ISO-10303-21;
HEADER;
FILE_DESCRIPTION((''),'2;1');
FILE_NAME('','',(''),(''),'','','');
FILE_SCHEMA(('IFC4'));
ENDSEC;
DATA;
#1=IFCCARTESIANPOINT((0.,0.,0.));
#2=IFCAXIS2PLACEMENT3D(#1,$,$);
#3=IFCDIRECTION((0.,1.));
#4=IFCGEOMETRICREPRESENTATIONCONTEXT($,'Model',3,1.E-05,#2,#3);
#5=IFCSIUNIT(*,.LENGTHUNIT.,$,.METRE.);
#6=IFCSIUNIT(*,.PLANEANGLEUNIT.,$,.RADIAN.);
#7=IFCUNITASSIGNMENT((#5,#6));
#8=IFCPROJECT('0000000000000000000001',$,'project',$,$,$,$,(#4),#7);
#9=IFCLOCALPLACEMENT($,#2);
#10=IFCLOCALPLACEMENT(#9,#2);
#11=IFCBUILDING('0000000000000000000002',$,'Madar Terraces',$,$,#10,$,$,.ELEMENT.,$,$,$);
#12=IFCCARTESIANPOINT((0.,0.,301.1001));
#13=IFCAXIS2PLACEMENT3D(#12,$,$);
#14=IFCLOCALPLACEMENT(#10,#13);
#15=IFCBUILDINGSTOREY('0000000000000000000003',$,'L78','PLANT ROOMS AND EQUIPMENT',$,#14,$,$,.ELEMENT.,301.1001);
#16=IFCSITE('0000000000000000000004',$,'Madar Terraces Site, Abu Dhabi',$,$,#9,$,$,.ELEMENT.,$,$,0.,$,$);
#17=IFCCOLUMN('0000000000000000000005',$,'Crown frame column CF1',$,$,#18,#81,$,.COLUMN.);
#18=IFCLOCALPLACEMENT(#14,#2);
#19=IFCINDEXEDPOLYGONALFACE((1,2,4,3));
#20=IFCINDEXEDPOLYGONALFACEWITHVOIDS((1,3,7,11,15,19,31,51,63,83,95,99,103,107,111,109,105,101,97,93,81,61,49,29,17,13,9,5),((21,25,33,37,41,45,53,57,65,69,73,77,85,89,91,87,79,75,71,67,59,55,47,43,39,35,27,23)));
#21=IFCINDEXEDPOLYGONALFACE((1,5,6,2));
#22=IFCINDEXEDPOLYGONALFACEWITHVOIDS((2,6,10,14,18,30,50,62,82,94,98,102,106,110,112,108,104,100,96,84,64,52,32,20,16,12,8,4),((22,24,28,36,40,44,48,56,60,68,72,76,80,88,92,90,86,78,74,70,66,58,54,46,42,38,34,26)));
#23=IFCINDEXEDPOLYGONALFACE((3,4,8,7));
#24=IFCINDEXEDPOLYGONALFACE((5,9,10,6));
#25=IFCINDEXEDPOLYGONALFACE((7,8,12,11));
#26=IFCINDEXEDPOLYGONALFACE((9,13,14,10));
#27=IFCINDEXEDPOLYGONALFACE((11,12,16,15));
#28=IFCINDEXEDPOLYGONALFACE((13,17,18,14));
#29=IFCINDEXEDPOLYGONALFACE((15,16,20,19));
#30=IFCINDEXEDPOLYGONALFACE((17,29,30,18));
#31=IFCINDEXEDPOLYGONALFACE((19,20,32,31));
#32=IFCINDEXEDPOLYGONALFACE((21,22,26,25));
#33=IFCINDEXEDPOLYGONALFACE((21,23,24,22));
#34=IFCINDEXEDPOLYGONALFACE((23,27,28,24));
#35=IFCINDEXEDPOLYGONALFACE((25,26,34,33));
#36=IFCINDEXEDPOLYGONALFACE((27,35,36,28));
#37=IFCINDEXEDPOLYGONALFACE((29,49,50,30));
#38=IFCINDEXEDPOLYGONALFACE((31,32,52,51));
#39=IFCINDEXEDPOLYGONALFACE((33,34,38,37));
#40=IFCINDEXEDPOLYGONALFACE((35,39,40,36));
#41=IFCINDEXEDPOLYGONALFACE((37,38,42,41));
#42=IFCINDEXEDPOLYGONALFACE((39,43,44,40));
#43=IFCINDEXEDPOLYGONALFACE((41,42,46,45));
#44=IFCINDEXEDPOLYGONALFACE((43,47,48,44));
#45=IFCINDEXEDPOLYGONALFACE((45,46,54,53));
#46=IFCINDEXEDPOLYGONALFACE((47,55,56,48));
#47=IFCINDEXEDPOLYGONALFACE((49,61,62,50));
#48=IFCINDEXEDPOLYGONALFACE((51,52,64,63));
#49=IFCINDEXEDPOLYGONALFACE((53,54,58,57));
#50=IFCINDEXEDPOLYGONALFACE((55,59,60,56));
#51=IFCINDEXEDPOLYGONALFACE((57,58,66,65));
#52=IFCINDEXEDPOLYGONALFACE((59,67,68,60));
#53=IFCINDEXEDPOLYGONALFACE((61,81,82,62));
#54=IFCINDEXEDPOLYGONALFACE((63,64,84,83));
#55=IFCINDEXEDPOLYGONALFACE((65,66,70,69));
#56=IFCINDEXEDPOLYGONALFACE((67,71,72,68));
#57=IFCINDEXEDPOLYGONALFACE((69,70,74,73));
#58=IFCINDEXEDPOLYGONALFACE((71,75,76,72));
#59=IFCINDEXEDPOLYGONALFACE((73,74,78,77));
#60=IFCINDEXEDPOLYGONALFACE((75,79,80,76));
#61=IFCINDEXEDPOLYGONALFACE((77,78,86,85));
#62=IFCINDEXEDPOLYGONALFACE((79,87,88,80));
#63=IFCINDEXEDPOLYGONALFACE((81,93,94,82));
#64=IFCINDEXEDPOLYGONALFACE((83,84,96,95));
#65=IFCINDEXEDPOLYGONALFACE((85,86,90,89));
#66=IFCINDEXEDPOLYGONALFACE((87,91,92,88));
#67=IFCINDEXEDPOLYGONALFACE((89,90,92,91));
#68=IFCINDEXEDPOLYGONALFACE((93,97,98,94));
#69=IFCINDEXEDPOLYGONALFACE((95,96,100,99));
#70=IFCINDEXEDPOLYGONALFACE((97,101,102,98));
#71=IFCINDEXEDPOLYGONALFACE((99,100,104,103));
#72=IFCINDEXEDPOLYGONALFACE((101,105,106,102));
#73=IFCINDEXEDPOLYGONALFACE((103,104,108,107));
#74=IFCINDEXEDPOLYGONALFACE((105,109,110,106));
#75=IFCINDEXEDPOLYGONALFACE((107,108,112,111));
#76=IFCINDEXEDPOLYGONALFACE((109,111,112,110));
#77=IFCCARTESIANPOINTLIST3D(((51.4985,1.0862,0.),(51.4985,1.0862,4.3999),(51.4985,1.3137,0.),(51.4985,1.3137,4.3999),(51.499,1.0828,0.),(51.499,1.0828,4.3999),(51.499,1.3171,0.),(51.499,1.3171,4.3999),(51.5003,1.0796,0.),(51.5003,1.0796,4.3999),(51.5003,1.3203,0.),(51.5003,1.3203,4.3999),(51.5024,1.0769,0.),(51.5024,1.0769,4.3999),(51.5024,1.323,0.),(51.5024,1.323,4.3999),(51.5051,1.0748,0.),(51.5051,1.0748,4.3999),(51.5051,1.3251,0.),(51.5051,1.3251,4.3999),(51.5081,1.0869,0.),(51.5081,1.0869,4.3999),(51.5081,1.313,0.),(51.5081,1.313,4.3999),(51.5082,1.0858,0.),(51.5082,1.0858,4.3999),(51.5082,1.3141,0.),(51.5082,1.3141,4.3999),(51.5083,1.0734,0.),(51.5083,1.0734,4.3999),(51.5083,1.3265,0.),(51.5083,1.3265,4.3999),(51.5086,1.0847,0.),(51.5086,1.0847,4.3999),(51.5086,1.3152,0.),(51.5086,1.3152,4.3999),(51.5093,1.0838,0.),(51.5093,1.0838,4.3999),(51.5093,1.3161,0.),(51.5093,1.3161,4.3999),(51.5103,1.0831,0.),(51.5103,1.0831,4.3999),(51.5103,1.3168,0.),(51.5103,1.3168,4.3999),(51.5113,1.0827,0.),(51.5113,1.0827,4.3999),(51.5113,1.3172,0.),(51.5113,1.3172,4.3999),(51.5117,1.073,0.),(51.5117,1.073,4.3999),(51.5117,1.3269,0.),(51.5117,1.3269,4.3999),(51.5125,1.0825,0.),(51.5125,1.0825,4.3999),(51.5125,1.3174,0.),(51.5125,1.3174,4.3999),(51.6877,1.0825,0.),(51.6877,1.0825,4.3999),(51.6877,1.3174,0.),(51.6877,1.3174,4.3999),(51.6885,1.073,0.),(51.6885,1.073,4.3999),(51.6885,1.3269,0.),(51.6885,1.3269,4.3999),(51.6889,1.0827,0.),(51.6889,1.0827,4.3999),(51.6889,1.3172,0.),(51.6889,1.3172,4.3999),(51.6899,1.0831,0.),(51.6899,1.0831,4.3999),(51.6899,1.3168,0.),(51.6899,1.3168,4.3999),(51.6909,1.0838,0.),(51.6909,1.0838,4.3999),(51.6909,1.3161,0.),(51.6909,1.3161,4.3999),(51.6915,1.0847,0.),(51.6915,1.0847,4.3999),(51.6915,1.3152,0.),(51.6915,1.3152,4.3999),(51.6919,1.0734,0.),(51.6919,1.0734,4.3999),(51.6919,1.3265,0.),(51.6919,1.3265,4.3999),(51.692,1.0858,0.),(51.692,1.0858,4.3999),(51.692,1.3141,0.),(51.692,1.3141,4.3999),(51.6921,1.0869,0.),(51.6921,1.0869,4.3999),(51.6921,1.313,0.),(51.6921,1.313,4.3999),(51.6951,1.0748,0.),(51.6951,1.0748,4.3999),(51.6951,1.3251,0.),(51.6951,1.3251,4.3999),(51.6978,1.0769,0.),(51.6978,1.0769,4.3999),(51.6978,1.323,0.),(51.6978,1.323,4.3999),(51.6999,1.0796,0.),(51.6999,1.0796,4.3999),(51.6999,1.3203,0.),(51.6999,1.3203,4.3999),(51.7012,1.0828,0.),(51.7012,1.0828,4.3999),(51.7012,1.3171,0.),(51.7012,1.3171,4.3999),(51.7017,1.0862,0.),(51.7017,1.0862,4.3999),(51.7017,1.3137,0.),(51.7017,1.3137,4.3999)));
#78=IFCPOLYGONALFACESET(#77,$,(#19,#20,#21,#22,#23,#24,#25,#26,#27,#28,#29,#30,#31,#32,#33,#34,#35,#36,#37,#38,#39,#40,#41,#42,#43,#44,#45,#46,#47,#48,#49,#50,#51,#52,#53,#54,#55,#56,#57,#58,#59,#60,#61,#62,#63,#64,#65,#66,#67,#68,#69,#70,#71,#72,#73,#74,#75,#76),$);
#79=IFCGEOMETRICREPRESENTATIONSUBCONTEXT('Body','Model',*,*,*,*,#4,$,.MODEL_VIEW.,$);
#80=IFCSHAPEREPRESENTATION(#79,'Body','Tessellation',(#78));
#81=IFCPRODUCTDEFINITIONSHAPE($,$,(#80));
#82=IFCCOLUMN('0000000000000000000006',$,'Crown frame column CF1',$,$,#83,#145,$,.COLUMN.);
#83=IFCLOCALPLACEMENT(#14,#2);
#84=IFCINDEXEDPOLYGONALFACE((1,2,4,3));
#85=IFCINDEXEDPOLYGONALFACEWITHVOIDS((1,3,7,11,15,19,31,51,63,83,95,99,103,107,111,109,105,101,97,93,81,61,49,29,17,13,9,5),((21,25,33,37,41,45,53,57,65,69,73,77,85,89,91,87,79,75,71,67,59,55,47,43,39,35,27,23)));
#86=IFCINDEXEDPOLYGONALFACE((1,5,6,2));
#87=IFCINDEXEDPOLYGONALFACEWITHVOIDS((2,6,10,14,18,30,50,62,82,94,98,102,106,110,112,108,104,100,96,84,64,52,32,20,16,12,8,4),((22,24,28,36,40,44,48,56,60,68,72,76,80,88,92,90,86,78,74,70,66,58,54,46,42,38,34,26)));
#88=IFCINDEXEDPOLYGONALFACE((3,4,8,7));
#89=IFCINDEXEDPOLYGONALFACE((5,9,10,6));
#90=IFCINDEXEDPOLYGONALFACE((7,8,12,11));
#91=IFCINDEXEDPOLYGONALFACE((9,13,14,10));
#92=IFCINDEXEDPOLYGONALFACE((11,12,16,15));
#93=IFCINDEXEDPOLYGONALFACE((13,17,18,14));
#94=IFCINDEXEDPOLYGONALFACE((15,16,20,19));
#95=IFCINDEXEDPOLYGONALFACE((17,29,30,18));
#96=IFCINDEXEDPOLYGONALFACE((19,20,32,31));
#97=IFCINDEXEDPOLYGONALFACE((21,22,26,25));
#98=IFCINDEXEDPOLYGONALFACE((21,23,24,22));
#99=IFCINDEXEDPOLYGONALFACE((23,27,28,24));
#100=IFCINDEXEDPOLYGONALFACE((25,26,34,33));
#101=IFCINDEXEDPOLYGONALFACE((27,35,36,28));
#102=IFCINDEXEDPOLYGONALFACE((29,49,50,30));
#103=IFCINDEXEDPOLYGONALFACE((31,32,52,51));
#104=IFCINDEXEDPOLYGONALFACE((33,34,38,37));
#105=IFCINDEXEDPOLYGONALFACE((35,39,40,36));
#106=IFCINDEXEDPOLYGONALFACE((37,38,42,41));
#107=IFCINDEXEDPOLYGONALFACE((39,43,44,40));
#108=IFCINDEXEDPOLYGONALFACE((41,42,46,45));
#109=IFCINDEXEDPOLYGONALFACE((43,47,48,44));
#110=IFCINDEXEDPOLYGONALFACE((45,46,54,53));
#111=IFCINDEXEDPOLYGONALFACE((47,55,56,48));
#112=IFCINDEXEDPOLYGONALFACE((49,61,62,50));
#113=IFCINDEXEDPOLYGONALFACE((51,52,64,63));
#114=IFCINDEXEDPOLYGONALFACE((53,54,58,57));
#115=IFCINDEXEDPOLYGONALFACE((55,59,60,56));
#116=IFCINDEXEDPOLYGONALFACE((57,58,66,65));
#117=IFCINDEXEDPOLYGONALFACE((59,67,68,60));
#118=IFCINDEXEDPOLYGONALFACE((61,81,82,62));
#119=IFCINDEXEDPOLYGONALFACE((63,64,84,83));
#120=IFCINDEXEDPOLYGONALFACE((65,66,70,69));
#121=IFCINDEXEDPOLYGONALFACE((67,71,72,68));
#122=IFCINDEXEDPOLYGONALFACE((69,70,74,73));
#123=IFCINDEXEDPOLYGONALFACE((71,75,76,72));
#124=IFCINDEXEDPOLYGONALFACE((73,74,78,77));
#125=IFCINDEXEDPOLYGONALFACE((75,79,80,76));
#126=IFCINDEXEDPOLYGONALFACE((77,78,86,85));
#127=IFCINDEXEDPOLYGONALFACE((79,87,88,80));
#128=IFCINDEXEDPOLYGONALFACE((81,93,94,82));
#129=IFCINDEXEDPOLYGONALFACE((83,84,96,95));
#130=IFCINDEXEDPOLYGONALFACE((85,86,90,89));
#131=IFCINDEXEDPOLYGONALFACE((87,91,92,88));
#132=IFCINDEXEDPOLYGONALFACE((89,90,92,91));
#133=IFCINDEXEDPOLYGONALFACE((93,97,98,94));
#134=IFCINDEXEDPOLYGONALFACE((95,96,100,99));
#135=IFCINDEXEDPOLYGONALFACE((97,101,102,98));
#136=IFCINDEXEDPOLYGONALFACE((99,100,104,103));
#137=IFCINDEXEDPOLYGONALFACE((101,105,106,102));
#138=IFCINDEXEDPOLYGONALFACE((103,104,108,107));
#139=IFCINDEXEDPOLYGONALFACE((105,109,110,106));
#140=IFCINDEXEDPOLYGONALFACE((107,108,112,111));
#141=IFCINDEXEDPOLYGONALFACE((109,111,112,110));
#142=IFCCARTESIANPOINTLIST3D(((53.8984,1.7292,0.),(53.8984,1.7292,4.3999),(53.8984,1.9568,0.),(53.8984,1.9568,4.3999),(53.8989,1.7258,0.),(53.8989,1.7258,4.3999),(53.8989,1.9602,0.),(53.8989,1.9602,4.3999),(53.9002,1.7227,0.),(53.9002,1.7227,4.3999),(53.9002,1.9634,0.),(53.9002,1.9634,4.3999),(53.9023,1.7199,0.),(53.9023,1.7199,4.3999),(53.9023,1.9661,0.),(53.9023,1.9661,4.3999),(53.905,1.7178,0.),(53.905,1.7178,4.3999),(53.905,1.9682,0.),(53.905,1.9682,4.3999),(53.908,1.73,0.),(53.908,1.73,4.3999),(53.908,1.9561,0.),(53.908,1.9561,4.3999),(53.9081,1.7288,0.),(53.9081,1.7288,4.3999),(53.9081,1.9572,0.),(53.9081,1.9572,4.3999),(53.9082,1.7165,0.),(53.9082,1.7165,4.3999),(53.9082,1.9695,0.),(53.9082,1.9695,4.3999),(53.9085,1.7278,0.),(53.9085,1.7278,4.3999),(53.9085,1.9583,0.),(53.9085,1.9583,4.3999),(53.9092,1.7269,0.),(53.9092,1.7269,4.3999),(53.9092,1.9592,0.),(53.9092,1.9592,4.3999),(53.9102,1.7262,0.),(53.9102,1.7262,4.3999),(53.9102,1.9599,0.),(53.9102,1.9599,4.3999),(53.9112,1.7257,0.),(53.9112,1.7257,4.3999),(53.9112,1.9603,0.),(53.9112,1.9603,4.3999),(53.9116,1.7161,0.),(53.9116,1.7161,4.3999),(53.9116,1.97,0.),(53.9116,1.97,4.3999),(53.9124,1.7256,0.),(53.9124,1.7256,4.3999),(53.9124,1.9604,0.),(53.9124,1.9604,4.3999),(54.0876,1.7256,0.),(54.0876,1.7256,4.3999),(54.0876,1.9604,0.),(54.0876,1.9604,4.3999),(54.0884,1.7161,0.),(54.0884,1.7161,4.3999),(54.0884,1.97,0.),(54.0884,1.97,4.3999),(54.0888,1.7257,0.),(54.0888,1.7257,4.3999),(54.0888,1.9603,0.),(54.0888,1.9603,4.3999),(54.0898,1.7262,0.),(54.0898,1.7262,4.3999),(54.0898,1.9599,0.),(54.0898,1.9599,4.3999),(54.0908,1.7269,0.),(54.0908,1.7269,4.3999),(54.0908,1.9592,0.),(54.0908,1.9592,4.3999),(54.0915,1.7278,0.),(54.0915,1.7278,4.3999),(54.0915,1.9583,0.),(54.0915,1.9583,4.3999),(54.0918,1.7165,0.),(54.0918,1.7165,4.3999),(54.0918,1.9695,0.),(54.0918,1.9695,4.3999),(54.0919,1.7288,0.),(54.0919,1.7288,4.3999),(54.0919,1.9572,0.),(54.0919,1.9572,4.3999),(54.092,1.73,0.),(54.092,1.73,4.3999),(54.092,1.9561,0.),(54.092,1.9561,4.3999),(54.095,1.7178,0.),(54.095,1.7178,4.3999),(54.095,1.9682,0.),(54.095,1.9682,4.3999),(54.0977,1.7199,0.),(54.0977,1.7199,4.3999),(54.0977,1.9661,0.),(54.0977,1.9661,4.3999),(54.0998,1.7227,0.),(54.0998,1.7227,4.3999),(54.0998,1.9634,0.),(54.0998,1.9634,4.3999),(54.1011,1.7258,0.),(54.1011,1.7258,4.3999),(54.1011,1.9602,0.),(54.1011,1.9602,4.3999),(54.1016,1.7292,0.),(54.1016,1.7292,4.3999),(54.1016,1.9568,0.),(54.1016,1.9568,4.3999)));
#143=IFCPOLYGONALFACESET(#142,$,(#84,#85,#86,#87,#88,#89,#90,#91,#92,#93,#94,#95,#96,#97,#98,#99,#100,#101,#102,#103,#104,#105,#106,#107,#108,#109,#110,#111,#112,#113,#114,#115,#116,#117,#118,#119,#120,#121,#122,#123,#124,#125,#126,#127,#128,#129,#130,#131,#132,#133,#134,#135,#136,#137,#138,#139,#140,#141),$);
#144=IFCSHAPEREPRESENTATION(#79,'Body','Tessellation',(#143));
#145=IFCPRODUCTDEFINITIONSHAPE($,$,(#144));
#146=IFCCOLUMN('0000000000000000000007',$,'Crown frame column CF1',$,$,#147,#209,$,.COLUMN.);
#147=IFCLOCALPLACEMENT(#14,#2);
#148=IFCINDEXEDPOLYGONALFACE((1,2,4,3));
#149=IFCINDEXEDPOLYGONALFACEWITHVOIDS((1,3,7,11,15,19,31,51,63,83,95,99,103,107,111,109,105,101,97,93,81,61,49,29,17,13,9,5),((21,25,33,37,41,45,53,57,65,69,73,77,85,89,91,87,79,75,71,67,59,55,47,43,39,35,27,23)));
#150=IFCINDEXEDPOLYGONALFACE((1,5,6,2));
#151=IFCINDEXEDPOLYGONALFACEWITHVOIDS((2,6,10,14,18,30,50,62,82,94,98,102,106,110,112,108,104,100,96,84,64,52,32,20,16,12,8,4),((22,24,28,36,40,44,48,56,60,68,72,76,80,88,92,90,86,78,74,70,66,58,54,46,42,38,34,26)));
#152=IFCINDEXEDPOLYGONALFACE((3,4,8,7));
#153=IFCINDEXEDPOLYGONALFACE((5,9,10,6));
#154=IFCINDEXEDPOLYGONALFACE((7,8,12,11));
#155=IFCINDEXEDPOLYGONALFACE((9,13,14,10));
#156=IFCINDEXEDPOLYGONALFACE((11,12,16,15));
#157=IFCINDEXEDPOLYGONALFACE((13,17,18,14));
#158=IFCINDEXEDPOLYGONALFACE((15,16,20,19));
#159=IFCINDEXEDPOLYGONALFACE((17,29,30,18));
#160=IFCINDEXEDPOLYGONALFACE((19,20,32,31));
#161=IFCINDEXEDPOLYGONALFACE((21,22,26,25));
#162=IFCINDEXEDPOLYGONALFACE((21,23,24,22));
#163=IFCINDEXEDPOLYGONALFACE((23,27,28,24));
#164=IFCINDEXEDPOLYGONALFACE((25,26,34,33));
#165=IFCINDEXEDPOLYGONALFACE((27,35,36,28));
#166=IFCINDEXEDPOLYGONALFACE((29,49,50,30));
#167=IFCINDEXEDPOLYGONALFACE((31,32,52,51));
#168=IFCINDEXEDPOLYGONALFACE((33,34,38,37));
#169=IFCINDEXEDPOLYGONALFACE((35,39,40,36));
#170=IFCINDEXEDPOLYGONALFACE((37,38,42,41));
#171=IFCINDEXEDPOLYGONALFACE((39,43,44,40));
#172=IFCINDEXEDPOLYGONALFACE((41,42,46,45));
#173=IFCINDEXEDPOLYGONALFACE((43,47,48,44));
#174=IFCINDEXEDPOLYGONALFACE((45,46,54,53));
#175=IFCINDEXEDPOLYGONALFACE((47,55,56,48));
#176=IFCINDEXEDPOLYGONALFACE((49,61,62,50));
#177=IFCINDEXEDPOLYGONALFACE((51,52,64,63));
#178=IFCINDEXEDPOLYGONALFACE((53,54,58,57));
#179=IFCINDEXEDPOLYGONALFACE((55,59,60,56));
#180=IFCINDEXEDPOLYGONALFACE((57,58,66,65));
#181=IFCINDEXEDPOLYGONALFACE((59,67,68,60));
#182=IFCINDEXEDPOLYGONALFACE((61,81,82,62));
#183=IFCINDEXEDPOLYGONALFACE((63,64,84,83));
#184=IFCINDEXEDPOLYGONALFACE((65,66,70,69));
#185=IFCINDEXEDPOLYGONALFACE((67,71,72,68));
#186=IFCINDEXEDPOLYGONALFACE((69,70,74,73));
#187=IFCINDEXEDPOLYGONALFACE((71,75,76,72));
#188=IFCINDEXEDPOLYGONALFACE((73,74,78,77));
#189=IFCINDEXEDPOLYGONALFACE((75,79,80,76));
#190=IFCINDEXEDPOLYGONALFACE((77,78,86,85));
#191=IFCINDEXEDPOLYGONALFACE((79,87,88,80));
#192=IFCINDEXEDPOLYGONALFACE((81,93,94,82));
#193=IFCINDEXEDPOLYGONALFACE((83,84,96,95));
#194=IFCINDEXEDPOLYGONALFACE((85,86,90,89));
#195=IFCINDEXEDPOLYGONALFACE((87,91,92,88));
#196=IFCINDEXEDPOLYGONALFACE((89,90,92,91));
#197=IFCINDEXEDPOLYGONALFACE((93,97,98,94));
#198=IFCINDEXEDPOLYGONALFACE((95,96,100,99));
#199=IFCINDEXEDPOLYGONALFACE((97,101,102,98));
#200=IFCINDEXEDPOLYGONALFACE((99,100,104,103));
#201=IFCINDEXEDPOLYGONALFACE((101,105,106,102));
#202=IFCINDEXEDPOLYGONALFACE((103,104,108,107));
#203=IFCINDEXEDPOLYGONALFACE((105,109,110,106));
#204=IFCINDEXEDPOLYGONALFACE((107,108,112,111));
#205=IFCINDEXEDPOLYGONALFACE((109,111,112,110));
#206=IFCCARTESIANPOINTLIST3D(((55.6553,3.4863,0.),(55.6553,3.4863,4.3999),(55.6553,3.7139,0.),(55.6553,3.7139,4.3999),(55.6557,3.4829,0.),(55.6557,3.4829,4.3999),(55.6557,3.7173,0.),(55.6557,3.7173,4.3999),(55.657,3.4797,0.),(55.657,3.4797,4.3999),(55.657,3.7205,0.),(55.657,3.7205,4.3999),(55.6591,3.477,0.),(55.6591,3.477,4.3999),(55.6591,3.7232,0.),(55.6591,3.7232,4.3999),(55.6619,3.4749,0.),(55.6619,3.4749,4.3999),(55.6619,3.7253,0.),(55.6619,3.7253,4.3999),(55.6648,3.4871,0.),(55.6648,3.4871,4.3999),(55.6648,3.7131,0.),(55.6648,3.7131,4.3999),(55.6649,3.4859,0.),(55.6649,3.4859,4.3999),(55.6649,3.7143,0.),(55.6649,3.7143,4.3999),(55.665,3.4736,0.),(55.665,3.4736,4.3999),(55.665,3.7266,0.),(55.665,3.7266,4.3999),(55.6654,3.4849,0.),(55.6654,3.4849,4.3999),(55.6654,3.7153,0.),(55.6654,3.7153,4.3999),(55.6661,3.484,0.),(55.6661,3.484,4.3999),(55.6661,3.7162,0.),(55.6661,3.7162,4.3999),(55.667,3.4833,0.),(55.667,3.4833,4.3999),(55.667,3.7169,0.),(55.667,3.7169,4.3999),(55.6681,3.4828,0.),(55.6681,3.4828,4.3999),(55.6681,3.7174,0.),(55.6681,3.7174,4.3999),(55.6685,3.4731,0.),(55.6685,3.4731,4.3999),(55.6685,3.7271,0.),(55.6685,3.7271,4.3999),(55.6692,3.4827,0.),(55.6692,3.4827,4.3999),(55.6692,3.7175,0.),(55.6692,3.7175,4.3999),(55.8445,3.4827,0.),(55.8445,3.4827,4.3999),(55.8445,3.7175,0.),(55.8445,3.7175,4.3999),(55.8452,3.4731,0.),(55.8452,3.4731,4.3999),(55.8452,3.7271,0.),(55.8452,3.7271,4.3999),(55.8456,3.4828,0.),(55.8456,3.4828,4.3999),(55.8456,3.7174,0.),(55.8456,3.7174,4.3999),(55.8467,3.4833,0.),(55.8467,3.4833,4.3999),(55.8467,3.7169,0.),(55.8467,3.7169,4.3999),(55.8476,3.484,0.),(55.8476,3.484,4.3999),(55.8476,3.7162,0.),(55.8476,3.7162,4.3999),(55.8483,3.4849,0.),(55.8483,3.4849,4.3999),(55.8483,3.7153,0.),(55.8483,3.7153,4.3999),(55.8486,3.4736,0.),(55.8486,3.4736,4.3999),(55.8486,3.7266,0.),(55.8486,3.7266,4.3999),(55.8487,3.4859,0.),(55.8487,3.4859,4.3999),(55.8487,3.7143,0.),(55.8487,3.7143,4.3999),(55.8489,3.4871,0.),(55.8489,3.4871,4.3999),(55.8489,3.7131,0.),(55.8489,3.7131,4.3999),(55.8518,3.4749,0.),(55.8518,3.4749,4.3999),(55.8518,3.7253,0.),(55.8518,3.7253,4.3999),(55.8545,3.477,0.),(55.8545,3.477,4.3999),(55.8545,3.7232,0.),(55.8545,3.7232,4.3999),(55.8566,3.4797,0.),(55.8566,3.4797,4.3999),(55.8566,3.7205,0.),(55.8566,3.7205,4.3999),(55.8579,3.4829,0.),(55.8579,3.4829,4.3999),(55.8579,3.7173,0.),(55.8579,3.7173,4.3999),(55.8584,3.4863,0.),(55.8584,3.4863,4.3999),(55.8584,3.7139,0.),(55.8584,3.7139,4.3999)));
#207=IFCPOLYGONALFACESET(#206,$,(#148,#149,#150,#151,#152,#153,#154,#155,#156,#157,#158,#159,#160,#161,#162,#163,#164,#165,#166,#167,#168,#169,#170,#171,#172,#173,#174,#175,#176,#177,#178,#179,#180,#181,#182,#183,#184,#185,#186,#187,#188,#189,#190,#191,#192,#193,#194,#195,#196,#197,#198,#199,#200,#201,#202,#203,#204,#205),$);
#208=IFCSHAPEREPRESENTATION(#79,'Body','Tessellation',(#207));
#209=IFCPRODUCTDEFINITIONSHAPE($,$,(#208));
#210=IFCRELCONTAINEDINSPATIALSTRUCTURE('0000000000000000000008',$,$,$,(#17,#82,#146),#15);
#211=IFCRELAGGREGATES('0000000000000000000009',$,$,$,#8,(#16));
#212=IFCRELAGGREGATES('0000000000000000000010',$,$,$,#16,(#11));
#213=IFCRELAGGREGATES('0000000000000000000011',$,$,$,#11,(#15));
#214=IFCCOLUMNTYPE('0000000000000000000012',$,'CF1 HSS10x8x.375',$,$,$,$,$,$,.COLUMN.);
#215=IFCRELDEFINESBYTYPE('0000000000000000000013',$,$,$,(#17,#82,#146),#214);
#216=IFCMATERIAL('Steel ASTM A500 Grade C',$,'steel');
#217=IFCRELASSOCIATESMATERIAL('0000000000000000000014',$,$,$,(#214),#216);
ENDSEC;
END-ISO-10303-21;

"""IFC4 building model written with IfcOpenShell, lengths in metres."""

from ifc_helpers import new_model, si_unit, direction, frame, origin, origin_2d, place, context, subcontext, project, spatial, hollow_rectangle, extrude, material, material_profile, profile_set, type_object, element, save


model = new_model("IFC4")

# Units and contexts
model_context = context("Model", 3, precision=1e-05, world=origin(), true_north=direction((0.0, 1.0)))
body_context = subcontext(model_context, "Body", "Model", "MODEL_VIEW")
ifc_project = project(units=[si_unit("LENGTHUNIT", "METRE"), si_unit("PLANEANGLEUNIT", "RADIAN")], contexts=[model_context])

# Site, building, storey
site_placement = place(None, origin())
site = spatial("IfcSite", under=ifc_project, at=site_placement, Name="Madar Terraces Site, Abu Dhabi", CompositionType="ELEMENT", RefElevation=0.0)
building_placement = place(site_placement, origin())
building = spatial("IfcBuilding", under=site, at=building_placement, Name="Madar Terraces", CompositionType="ELEMENT")
storey_placement = place(building_placement, frame((0.0, 0.0, 301.1001)))
storey = spatial("IfcBuildingStorey", under=building, at=storey_placement, Name="L78", Description="PLANT ROOMS AND EQUIPMENT", CompositionType="ELEMENT", Elevation=301.1001)

# Columns
ifc_material_1 = material(Name="Steel ASTM A500 Grade C", Category="steel")
ifc_material_profile_1 = material_profile(ifc_material_1, hollow_rectangle(XDim=0.2031, YDim=0.2539, WallThickness=0.0095, InnerFilletRadius=0.0044, OuterFilletRadius=0.0132, at=origin_2d()), Name="HSS10x8x.375")
ifc_profile_set_1 = profile_set([ifc_material_profile_1], Name="Steel ASTM A500 Grade C")
column_type = type_object("IfcColumnType", Name="CF1 HSS10x8x.375", PredefinedType="COLUMN", material=ifc_profile_set_1)
for number, where, z_axis, x_axis, name in (
    (1, (51.6001, 1.2, 0.0), (0.0, 0.0, 1.0), (1.0, 0.0, 0.0), "Crown frame column CF1"),
    (2, (54.0, 1.843, 0.0), (0.0, 0.0, 1.0), (1.0, 0.0, 0.0), "Crown frame column CF1"),
    (3, (55.7568, 3.6001, 0.0), (0.0, 0.0, 1.0), (1.0, 0.0, 0.0), "Crown frame column CF1"),
):
    element("IfcColumn", number, at=place(storey_placement, frame(where, z_axis=z_axis, x_axis=x_axis)), inside=storey, type_object=column_type, Name=name, PredefinedType="COLUMN", context=body_context, shape_type="SweptSolid", body=[
        extrude(hollow_rectangle(XDim=0.2031, YDim=0.2539, WallThickness=0.0095, InnerFilletRadius=0.0044, OuterFilletRadius=0.0132, at=origin_2d()), origin(), (0.0, 0.0, 1.0), 4.3999),
    ])

save(model, "model.ifc")
